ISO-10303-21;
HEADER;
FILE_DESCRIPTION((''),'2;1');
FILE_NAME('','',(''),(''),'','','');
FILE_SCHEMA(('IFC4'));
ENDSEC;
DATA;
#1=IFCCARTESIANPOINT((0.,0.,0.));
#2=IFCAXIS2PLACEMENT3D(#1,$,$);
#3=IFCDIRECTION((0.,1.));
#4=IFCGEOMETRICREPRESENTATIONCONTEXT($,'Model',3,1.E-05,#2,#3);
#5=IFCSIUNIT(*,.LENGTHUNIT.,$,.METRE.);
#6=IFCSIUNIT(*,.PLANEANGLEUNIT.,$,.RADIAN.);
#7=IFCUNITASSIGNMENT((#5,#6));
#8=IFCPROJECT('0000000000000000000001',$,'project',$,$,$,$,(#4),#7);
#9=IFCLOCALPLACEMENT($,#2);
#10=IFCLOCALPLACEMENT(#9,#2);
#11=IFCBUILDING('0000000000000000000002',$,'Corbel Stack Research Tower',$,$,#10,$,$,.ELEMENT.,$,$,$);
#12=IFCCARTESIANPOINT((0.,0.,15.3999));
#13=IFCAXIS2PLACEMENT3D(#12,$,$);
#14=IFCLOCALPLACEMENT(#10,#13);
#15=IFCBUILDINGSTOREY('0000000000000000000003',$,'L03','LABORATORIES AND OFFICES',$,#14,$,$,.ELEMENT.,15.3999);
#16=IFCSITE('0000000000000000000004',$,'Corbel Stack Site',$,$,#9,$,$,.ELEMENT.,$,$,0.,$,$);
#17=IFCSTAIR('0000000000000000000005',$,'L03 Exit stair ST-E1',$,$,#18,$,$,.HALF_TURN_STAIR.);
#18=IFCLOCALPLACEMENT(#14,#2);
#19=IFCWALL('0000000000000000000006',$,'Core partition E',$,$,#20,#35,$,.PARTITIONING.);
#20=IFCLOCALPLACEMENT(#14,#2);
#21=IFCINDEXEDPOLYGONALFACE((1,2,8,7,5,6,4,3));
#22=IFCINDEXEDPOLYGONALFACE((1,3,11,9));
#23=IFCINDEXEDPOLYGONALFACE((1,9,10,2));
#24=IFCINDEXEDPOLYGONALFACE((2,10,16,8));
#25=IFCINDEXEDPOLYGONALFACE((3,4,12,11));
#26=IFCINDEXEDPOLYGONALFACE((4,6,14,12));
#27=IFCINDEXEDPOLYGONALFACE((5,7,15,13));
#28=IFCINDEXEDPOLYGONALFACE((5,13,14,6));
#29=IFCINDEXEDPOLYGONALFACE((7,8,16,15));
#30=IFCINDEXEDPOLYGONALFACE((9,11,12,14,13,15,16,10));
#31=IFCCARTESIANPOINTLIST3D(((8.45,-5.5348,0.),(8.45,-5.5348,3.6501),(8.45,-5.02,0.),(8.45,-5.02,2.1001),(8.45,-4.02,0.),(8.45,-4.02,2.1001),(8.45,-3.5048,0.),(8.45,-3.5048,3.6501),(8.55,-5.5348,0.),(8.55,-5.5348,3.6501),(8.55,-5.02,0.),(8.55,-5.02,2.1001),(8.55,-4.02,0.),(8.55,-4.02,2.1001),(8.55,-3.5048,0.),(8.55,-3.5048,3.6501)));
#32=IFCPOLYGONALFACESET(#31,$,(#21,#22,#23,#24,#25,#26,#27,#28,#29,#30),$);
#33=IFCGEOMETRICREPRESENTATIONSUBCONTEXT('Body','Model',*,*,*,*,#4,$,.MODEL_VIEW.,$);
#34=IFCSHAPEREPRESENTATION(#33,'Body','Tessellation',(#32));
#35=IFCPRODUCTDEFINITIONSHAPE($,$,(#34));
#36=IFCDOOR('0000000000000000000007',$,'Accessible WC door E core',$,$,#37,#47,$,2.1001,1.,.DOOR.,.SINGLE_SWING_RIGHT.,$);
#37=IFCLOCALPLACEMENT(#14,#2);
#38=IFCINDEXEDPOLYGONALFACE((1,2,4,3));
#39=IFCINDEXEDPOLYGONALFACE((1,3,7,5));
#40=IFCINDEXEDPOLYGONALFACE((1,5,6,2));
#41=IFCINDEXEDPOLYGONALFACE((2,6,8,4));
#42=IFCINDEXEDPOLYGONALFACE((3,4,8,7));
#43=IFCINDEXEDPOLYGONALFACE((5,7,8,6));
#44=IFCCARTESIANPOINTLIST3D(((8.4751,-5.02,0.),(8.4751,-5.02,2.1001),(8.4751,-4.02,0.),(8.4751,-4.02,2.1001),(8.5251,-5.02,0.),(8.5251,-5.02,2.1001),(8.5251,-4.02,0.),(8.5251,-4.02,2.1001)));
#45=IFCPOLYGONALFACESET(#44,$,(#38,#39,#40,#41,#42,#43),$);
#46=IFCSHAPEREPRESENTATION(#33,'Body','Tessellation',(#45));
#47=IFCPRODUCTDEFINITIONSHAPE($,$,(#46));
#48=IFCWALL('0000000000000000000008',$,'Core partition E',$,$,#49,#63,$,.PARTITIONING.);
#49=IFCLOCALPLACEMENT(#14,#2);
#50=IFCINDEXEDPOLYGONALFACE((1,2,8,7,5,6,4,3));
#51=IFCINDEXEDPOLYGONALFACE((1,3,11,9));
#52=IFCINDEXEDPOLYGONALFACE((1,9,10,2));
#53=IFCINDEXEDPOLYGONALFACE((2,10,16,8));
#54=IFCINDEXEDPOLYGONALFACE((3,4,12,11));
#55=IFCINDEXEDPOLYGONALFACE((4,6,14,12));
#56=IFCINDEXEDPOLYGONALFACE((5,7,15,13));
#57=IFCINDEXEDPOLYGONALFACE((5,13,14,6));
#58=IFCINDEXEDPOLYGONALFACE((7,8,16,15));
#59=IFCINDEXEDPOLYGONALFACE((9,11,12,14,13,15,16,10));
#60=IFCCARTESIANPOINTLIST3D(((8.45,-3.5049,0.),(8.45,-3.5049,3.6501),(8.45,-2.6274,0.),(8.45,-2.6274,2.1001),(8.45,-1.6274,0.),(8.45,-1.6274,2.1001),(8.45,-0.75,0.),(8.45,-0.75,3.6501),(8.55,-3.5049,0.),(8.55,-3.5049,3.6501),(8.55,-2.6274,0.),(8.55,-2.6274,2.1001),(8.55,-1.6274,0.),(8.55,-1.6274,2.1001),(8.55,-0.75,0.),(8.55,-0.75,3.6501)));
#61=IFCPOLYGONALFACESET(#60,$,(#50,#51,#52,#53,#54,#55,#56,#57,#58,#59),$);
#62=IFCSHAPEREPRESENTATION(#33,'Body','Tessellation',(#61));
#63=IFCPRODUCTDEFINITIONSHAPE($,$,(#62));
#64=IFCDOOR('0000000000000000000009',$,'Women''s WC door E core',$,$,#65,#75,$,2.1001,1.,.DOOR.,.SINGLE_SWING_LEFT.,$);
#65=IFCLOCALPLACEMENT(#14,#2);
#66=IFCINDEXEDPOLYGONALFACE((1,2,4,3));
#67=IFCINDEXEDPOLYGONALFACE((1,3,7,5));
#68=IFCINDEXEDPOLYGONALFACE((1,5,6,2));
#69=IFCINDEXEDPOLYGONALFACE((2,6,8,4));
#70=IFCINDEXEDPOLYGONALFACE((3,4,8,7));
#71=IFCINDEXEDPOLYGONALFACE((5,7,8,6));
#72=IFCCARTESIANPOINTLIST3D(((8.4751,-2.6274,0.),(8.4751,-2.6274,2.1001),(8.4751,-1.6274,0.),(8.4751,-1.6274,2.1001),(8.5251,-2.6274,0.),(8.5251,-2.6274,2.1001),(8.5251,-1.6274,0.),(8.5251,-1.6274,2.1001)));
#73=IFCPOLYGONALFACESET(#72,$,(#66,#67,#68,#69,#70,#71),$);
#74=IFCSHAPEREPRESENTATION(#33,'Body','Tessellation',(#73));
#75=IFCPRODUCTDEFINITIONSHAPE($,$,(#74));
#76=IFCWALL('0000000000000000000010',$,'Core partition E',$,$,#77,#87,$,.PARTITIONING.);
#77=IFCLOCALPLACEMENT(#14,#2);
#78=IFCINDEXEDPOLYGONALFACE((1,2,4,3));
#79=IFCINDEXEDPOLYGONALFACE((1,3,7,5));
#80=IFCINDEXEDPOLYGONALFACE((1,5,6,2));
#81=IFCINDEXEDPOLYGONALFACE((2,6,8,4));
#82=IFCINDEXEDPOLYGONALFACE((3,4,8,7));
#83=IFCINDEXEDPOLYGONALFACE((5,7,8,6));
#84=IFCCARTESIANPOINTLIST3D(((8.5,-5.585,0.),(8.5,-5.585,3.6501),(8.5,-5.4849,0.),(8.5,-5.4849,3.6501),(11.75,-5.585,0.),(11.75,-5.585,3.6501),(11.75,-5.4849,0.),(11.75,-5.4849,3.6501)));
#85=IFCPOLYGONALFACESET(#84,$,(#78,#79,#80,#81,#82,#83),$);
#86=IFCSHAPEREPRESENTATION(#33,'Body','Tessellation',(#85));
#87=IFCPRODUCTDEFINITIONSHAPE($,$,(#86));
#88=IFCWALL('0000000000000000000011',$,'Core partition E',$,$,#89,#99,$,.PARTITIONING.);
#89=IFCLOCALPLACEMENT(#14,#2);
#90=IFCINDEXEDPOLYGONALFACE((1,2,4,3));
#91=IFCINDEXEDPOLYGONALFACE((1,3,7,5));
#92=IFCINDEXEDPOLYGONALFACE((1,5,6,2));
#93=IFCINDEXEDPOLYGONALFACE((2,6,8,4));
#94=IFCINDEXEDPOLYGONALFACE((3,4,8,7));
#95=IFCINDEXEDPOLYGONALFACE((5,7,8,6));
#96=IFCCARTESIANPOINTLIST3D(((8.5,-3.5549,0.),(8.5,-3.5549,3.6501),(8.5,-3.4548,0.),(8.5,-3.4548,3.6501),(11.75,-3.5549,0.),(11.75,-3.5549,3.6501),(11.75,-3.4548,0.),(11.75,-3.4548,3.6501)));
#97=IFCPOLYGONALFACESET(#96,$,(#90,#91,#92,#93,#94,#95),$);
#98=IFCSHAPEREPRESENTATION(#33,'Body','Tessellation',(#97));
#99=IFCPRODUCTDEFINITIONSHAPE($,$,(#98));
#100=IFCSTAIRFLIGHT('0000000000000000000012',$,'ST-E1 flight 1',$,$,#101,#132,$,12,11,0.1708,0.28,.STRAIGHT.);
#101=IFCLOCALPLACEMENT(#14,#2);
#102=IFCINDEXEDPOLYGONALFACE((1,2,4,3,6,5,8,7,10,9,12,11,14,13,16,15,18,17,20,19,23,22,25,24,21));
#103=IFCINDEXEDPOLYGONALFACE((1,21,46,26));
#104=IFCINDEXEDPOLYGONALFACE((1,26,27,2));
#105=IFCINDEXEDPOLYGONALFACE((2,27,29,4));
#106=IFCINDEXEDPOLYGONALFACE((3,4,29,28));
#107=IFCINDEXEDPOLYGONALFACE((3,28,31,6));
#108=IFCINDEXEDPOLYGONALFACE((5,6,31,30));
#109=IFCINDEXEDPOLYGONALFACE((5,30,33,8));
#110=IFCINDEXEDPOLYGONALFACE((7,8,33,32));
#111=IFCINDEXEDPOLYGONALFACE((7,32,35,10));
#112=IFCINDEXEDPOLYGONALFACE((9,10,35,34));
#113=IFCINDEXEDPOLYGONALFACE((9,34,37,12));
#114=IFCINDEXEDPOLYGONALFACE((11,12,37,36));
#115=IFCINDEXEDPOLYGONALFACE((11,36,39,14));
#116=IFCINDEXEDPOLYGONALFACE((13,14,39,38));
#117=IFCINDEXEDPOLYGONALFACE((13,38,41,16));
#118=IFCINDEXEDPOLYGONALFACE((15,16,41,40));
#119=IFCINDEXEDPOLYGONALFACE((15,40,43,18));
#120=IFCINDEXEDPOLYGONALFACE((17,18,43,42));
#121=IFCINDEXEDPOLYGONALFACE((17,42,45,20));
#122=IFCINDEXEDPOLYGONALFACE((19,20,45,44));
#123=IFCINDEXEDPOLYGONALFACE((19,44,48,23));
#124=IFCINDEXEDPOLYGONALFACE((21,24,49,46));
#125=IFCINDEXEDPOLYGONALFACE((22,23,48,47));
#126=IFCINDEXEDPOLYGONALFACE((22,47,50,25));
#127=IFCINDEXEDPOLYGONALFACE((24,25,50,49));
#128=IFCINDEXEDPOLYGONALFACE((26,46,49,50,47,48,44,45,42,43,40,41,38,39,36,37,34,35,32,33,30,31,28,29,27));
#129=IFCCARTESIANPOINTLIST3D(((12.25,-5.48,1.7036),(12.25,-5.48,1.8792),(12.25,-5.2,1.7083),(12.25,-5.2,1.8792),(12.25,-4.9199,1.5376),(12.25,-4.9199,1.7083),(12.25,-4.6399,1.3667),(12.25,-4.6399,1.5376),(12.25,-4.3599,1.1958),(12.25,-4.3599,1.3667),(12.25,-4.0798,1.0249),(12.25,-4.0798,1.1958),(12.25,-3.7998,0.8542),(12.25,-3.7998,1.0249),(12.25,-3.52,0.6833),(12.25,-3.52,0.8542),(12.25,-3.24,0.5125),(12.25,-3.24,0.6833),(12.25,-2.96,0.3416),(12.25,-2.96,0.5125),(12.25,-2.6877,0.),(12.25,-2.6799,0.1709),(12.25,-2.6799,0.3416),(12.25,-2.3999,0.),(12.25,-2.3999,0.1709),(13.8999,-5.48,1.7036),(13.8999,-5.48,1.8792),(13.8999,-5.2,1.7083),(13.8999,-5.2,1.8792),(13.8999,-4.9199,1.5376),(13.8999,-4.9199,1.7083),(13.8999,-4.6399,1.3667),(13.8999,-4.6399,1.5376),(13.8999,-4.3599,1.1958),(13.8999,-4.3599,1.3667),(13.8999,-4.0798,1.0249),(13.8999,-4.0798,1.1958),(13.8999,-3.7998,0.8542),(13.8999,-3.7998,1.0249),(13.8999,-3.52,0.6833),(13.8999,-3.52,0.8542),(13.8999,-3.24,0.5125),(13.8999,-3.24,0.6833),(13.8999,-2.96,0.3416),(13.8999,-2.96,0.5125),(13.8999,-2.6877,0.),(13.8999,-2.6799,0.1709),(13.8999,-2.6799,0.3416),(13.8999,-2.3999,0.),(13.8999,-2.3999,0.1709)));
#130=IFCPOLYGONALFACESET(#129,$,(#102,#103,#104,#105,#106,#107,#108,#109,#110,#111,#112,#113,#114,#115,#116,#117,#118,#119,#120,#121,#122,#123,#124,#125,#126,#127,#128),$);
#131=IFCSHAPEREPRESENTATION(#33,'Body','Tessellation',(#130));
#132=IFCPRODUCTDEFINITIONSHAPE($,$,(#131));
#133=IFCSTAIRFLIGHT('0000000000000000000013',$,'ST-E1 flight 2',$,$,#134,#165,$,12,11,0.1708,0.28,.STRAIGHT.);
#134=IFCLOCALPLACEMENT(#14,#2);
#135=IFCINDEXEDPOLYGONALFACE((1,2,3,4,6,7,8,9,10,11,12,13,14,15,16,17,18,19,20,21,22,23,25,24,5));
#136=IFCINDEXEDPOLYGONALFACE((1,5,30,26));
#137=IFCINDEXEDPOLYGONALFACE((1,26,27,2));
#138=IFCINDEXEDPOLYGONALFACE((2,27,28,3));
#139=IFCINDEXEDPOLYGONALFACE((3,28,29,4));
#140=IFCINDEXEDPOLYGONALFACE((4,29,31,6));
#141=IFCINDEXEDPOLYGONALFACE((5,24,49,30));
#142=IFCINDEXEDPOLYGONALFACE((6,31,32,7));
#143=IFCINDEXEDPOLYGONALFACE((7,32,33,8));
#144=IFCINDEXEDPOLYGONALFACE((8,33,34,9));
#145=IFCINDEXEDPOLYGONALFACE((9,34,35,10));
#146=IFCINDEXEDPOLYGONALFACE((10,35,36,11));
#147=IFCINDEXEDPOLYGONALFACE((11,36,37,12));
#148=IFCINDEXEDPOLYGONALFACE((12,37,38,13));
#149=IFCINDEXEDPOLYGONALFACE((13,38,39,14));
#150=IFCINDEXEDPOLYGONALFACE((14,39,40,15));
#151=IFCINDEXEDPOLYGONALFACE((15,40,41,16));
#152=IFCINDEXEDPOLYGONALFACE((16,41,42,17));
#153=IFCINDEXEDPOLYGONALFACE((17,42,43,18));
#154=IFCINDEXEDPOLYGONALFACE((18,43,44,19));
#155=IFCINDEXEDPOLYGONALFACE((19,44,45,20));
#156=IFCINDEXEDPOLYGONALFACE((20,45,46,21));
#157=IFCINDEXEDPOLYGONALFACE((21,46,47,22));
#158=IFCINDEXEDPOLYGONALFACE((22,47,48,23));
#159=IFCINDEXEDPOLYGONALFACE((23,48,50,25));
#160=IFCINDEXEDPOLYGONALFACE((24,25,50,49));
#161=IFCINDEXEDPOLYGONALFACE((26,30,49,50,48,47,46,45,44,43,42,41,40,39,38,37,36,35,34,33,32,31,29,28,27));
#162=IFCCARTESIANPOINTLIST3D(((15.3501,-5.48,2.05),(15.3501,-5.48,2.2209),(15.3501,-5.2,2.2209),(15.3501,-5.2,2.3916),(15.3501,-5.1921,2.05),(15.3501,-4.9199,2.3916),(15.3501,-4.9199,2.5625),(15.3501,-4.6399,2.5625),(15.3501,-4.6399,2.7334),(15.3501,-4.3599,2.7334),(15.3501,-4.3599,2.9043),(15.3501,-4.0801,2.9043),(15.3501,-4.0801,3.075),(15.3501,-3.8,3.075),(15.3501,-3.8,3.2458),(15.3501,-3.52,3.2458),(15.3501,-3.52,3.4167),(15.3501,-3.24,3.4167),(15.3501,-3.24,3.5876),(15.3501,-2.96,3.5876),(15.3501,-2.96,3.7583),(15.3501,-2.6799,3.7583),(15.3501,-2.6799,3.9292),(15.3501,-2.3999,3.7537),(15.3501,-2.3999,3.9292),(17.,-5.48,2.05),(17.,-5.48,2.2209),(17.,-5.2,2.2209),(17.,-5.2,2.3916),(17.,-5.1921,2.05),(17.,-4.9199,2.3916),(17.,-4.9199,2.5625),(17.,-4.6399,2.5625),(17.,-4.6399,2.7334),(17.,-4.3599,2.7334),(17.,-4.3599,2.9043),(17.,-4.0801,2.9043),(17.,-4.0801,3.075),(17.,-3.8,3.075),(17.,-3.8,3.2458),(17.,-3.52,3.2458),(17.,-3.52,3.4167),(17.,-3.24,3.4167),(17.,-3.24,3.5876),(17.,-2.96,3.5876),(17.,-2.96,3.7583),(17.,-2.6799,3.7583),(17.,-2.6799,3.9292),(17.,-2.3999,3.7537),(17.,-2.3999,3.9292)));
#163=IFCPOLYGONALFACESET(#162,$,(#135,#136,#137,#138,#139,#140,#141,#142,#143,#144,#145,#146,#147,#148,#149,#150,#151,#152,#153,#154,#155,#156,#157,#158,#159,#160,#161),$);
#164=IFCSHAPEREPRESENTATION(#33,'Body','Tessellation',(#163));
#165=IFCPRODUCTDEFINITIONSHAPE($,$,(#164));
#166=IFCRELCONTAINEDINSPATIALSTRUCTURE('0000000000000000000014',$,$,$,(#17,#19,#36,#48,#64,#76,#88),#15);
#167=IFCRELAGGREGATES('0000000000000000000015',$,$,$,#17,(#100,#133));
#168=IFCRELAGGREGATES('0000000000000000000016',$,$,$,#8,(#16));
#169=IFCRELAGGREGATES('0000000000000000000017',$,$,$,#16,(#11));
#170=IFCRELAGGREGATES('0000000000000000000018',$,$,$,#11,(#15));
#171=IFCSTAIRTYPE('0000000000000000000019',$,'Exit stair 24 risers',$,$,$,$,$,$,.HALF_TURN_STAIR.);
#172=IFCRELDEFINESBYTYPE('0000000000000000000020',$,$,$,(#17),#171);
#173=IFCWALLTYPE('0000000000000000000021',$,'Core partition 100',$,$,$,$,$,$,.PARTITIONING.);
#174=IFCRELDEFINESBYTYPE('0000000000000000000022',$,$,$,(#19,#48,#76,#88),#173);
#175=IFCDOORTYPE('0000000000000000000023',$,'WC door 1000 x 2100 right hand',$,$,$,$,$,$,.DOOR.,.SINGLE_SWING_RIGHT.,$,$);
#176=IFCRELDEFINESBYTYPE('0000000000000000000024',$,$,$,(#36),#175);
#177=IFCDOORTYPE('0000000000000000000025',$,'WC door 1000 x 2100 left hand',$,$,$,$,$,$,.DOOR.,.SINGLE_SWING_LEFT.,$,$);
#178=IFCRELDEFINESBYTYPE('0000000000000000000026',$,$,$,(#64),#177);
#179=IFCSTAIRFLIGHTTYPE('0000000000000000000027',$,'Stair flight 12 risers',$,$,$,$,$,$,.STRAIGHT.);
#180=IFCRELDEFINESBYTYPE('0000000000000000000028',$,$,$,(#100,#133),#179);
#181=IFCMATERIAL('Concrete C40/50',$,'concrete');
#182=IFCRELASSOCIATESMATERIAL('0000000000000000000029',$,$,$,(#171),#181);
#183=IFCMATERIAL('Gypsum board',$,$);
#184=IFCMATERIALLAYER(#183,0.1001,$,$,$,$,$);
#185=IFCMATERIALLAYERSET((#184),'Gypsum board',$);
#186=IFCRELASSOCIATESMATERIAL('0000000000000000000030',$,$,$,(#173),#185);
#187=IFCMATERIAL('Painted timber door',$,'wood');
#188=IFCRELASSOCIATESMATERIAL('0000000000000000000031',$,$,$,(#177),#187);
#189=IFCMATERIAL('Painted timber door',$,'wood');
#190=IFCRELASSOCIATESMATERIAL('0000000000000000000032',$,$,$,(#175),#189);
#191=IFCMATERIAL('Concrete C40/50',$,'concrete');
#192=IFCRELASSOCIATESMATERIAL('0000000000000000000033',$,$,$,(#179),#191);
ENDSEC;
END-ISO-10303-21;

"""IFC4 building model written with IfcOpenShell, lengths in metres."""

from ifc_helpers import new_model, si_unit, direction, frame, frame_2d, origin, place, context, subcontext, project, spatial, polyline, rectangle, outline, extrude, material, layer, layer_set, type_object, element, fill, aggregate, save


model = new_model("IFC4")

# Units and contexts
model_context = context("Model", 3, precision=1e-05, world=origin(), true_north=direction((0.0, 1.0)))
body_context = subcontext(model_context, "Body", "Model", "MODEL_VIEW")
ifc_project = project(units=[si_unit("LENGTHUNIT", "METRE"), si_unit("PLANEANGLEUNIT", "RADIAN")], contexts=[model_context])

# Site, building, storey
site_placement = place(None, origin())
site = spatial("IfcSite", under=ifc_project, at=site_placement, Name="Corbel Stack Site", CompositionType="ELEMENT", RefElevation=0.0)
building_placement = place(site_placement, origin())
building = spatial("IfcBuilding", under=site, at=building_placement, Name="Corbel Stack Research Tower", CompositionType="ELEMENT")
storey_placement = place(building_placement, frame((0.0, 0.0, 15.3999)))
storey = spatial("IfcBuildingStorey", under=building, at=storey_placement, Name="L03", Description="LABORATORIES AND OFFICES", CompositionType="ELEMENT", Elevation=15.3999)

# Stair
ifc_material_1 = material(Name="Concrete C40/50", Category="concrete")
stair_type = type_object("IfcStairType", Name="Exit stair 24 risers", PredefinedType="HALF_TURN_STAIR", material=ifc_material_1)
stair_1_placement = place(storey_placement, origin())
stair_1 = element("IfcStair", 1, at=stair_1_placement, inside=storey, type_object=stair_type, Name="L03 Exit stair ST-E1", PredefinedType="HALF_TURN_STAIR")

# Walls, openings, doors
ifc_material_2 = material(Name="Gypsum board")
ifc_layer_1 = layer(ifc_material_2, 0.1001)
ifc_layer_set_1 = layer_set([ifc_layer_1], Name="Gypsum board")
wall_type_1 = type_object("IfcWallType", Name="Core partition 100", PredefinedType="PARTITIONING", material=ifc_layer_set_1)
ifc_material_3 = material(Name="Painted timber door", Category="wood")
door_type_1 = type_object("IfcDoorType", Name="WC door 1000 x 2100 left hand", OperationType="SINGLE_SWING_LEFT", PredefinedType="DOOR", material=ifc_material_3)
wall_1_placement = place(storey_placement, frame((8.5, -5.5349, 0.0), z_axis=(0.0, 0.0, 1.0), x_axis=(0.0, 1.0, 0.0)))
wall_1 = element("IfcWall", 2, at=wall_1_placement, inside=storey, type_object=wall_type_1, Name="Core partition E", PredefinedType="PARTITIONING", context=body_context, shape_type="SweptSolid", body=[
    extrude(rectangle(XDim=2.03, YDim=0.1001, at=frame_2d((1.0151, 0.0))), origin(), (0.0, 0.0, 1.0), 3.6501),
])
opening_1_placement = place(wall_1_placement, frame((0.5149, 0.0, 0.0)))
opening_1 = element("IfcOpeningElement", 3, at=opening_1_placement, cuts=wall_1, PredefinedType="OPENING", context=body_context, shape_type="SweptSolid", body=[
    extrude(rectangle(XDim=1.0, YDim=2.1001, at=frame_2d((0.5, 1.05))), frame((0.0, 0.0601, 0.0), z_axis=(0.0, -1.0, 0.0), x_axis=(1.0, 0.0, 0.0)), (0.0, 0.0, 1.0), 0.1201),
])
ifc_material_4 = material(Name="Painted timber door", Category="wood")
door_type_2 = type_object("IfcDoorType", Name="WC door 1000 x 2100 right hand", OperationType="SINGLE_SWING_RIGHT", PredefinedType="DOOR", material=ifc_material_4)
door_1_placement = place(opening_1_placement, origin())
door_1 = element("IfcDoor", 4, at=door_1_placement, inside=storey, type_object=door_type_2, Name="Accessible WC door E core", OperationType="SINGLE_SWING_RIGHT", OverallHeight=2.1001, OverallWidth=1.0, PredefinedType="DOOR", context=body_context, shape_type="SweptSolid", body=[
    extrude(rectangle(XDim=1.0, YDim=2.1001, at=frame_2d((0.5, 1.05))), frame((0.0, 0.0249, 0.0), z_axis=(0.0, -1.0, 0.0), x_axis=(1.0, 0.0, 0.0)), (0.0, 0.0, 1.0), 0.05),
])
fill(opening_1, door_1)
wall_2_placement = place(storey_placement, frame((8.5, -3.5049, 0.0), z_axis=(0.0, 0.0, 1.0), x_axis=(0.0, 1.0, 0.0)))
wall_2 = element("IfcWall", 5, at=wall_2_placement, inside=storey, type_object=wall_type_1, Name="Core partition E", PredefinedType="PARTITIONING", context=body_context, shape_type="SweptSolid", body=[
    extrude(rectangle(XDim=2.7549, YDim=0.1001, at=frame_2d((1.3774, 0.0))), origin(), (0.0, 0.0, 1.0), 3.6501),
])
opening_2_placement = place(wall_2_placement, frame((0.8774, 0.0, 0.0)))
opening_2 = element("IfcOpeningElement", 6, at=opening_2_placement, cuts=wall_2, PredefinedType="OPENING", context=body_context, shape_type="SweptSolid", body=[
    extrude(rectangle(XDim=1.0, YDim=2.1001, at=frame_2d((0.5, 1.05))), frame((0.0, 0.0601, 0.0), z_axis=(0.0, -1.0, 0.0), x_axis=(1.0, 0.0, 0.0)), (0.0, 0.0, 1.0), 0.1201),
])
door_2_placement = place(opening_2_placement, origin())
door_2 = element("IfcDoor", 7, at=door_2_placement, inside=storey, type_object=door_type_1, Name="Women's WC door E core", OperationType="SINGLE_SWING_LEFT", OverallHeight=2.1001, OverallWidth=1.0, PredefinedType="DOOR", context=body_context, shape_type="SweptSolid", body=[
    extrude(rectangle(XDim=1.0, YDim=2.1001, at=frame_2d((0.5, 1.05))), frame((0.0, 0.0249, 0.0), z_axis=(0.0, -1.0, 0.0), x_axis=(1.0, 0.0, 0.0)), (0.0, 0.0, 1.0), 0.05),
])
fill(opening_2, door_2)

# Walls
for number, where, z_axis, x_axis, name in (
    (8, (8.5, -5.5349, 0.0), (0.0, 0.0, 1.0), (1.0, 0.0, 0.0), "Core partition E"),
    (9, (8.5, -3.5049, 0.0), (0.0, 0.0, 1.0), (1.0, 0.0, 0.0), "Core partition E"),
):
    element("IfcWall", number, at=place(storey_placement, frame(where, z_axis=z_axis, x_axis=x_axis)), inside=storey, type_object=wall_type_1, Name=name, PredefinedType="PARTITIONING", context=body_context, shape_type="SweptSolid", body=[
        extrude(rectangle(XDim=3.25, YDim=0.1001, at=frame_2d((1.625, 0.0))), origin(), (0.0, 0.0, 1.0), 3.6501),
    ])

# Stair flights
ifc_material_5 = material(Name="Concrete C40/50", Category="concrete")
stair_flight_type = type_object("IfcStairFlightType", Name="Stair flight 12 risers", PredefinedType="STRAIGHT", material=ifc_material_5)
stair_flight_1_placement = place(storey_placement, frame((13.075, -2.3999, 0.0), z_axis=(0.0, 0.0, 1.0), x_axis=(0.0, -1.0, 0.0)))
stair_flight_1 = element("IfcStairFlight", 10, at=stair_flight_1_placement, type_object=stair_flight_type, Name="ST-E1 flight 1", NumberOfRisers=12, NumberOfTreads=11, PredefinedType="STRAIGHT", RiserHeight=0.1708, TreadLength=0.28, context=body_context, shape_type="SweptSolid", body=[
    extrude(outline(polyline([(0.0, 0.0), (0.0, 0.1709), (0.28, 0.1709), (0.28, 0.3416), (0.5601, 0.3416), (0.5601, 0.5125), (0.8401, 0.5125), (0.8401, 0.6833), (1.1201, 0.6833), (1.1201, 0.8542), (1.3999, 0.8542), (1.3999, 1.0249), (1.6799, 1.0249), (1.6799, 1.1958), (1.96, 1.1958), (1.96, 1.3667), (2.24, 1.3667), (2.24, 1.5376), (2.52, 1.5376), (2.52, 1.7083), (2.8, 1.7083), (2.8, 1.8792), (3.0801, 1.8792), (3.0801, 2.05), (3.0801, 1.7036), (0.2878, 0.0), (0.0, 0.0)])), frame((0.0, 0.825, 0.0), z_axis=(0.0, -1.0, 0.0), x_axis=(1.0, 0.0, 0.0)), (0.0, 0.0, 1.0), 1.6499),
])
stair_flight_2_placement = place(storey_placement, frame((16.175, -5.48, 2.05), z_axis=(0.0, 0.0, 1.0), x_axis=(0.0, 1.0, 0.0)))
stair_flight_2 = element("IfcStairFlight", 11, at=stair_flight_2_placement, type_object=stair_flight_type, Name="ST-E1 flight 2", NumberOfRisers=12, NumberOfTreads=11, PredefinedType="STRAIGHT", RiserHeight=0.1708, TreadLength=0.28, context=body_context, shape_type="SweptSolid", body=[
    extrude(outline(polyline([(0.0, 0.0), (0.0, 0.1709), (0.28, 0.1709), (0.28, 0.3416), (0.5601, 0.3416), (0.5601, 0.5125), (0.8401, 0.5125), (0.8401, 0.6833), (1.1201, 0.6833), (1.1201, 0.8542), (1.3999, 0.8542), (1.3999, 1.0249), (1.6799, 1.0249), (1.6799, 1.1958), (1.96, 1.1958), (1.96, 1.3667), (2.24, 1.3667), (2.24, 1.5376), (2.52, 1.5376), (2.52, 1.7083), (2.8, 1.7083), (2.8, 1.8792), (3.0801, 1.8792), (3.0801, 2.05), (3.0801, 1.7036), (0.2878, 0.0), (0.0, 0.0)])), frame((0.0, 0.825, 0.0), z_axis=(0.0, -1.0, 0.0), x_axis=(1.0, 0.0, 0.0)), (0.0, 0.0, 1.0), 1.6499),
])
aggregate(stair_1, [stair_flight_1, stair_flight_2])

save(model, "model.ifc")
